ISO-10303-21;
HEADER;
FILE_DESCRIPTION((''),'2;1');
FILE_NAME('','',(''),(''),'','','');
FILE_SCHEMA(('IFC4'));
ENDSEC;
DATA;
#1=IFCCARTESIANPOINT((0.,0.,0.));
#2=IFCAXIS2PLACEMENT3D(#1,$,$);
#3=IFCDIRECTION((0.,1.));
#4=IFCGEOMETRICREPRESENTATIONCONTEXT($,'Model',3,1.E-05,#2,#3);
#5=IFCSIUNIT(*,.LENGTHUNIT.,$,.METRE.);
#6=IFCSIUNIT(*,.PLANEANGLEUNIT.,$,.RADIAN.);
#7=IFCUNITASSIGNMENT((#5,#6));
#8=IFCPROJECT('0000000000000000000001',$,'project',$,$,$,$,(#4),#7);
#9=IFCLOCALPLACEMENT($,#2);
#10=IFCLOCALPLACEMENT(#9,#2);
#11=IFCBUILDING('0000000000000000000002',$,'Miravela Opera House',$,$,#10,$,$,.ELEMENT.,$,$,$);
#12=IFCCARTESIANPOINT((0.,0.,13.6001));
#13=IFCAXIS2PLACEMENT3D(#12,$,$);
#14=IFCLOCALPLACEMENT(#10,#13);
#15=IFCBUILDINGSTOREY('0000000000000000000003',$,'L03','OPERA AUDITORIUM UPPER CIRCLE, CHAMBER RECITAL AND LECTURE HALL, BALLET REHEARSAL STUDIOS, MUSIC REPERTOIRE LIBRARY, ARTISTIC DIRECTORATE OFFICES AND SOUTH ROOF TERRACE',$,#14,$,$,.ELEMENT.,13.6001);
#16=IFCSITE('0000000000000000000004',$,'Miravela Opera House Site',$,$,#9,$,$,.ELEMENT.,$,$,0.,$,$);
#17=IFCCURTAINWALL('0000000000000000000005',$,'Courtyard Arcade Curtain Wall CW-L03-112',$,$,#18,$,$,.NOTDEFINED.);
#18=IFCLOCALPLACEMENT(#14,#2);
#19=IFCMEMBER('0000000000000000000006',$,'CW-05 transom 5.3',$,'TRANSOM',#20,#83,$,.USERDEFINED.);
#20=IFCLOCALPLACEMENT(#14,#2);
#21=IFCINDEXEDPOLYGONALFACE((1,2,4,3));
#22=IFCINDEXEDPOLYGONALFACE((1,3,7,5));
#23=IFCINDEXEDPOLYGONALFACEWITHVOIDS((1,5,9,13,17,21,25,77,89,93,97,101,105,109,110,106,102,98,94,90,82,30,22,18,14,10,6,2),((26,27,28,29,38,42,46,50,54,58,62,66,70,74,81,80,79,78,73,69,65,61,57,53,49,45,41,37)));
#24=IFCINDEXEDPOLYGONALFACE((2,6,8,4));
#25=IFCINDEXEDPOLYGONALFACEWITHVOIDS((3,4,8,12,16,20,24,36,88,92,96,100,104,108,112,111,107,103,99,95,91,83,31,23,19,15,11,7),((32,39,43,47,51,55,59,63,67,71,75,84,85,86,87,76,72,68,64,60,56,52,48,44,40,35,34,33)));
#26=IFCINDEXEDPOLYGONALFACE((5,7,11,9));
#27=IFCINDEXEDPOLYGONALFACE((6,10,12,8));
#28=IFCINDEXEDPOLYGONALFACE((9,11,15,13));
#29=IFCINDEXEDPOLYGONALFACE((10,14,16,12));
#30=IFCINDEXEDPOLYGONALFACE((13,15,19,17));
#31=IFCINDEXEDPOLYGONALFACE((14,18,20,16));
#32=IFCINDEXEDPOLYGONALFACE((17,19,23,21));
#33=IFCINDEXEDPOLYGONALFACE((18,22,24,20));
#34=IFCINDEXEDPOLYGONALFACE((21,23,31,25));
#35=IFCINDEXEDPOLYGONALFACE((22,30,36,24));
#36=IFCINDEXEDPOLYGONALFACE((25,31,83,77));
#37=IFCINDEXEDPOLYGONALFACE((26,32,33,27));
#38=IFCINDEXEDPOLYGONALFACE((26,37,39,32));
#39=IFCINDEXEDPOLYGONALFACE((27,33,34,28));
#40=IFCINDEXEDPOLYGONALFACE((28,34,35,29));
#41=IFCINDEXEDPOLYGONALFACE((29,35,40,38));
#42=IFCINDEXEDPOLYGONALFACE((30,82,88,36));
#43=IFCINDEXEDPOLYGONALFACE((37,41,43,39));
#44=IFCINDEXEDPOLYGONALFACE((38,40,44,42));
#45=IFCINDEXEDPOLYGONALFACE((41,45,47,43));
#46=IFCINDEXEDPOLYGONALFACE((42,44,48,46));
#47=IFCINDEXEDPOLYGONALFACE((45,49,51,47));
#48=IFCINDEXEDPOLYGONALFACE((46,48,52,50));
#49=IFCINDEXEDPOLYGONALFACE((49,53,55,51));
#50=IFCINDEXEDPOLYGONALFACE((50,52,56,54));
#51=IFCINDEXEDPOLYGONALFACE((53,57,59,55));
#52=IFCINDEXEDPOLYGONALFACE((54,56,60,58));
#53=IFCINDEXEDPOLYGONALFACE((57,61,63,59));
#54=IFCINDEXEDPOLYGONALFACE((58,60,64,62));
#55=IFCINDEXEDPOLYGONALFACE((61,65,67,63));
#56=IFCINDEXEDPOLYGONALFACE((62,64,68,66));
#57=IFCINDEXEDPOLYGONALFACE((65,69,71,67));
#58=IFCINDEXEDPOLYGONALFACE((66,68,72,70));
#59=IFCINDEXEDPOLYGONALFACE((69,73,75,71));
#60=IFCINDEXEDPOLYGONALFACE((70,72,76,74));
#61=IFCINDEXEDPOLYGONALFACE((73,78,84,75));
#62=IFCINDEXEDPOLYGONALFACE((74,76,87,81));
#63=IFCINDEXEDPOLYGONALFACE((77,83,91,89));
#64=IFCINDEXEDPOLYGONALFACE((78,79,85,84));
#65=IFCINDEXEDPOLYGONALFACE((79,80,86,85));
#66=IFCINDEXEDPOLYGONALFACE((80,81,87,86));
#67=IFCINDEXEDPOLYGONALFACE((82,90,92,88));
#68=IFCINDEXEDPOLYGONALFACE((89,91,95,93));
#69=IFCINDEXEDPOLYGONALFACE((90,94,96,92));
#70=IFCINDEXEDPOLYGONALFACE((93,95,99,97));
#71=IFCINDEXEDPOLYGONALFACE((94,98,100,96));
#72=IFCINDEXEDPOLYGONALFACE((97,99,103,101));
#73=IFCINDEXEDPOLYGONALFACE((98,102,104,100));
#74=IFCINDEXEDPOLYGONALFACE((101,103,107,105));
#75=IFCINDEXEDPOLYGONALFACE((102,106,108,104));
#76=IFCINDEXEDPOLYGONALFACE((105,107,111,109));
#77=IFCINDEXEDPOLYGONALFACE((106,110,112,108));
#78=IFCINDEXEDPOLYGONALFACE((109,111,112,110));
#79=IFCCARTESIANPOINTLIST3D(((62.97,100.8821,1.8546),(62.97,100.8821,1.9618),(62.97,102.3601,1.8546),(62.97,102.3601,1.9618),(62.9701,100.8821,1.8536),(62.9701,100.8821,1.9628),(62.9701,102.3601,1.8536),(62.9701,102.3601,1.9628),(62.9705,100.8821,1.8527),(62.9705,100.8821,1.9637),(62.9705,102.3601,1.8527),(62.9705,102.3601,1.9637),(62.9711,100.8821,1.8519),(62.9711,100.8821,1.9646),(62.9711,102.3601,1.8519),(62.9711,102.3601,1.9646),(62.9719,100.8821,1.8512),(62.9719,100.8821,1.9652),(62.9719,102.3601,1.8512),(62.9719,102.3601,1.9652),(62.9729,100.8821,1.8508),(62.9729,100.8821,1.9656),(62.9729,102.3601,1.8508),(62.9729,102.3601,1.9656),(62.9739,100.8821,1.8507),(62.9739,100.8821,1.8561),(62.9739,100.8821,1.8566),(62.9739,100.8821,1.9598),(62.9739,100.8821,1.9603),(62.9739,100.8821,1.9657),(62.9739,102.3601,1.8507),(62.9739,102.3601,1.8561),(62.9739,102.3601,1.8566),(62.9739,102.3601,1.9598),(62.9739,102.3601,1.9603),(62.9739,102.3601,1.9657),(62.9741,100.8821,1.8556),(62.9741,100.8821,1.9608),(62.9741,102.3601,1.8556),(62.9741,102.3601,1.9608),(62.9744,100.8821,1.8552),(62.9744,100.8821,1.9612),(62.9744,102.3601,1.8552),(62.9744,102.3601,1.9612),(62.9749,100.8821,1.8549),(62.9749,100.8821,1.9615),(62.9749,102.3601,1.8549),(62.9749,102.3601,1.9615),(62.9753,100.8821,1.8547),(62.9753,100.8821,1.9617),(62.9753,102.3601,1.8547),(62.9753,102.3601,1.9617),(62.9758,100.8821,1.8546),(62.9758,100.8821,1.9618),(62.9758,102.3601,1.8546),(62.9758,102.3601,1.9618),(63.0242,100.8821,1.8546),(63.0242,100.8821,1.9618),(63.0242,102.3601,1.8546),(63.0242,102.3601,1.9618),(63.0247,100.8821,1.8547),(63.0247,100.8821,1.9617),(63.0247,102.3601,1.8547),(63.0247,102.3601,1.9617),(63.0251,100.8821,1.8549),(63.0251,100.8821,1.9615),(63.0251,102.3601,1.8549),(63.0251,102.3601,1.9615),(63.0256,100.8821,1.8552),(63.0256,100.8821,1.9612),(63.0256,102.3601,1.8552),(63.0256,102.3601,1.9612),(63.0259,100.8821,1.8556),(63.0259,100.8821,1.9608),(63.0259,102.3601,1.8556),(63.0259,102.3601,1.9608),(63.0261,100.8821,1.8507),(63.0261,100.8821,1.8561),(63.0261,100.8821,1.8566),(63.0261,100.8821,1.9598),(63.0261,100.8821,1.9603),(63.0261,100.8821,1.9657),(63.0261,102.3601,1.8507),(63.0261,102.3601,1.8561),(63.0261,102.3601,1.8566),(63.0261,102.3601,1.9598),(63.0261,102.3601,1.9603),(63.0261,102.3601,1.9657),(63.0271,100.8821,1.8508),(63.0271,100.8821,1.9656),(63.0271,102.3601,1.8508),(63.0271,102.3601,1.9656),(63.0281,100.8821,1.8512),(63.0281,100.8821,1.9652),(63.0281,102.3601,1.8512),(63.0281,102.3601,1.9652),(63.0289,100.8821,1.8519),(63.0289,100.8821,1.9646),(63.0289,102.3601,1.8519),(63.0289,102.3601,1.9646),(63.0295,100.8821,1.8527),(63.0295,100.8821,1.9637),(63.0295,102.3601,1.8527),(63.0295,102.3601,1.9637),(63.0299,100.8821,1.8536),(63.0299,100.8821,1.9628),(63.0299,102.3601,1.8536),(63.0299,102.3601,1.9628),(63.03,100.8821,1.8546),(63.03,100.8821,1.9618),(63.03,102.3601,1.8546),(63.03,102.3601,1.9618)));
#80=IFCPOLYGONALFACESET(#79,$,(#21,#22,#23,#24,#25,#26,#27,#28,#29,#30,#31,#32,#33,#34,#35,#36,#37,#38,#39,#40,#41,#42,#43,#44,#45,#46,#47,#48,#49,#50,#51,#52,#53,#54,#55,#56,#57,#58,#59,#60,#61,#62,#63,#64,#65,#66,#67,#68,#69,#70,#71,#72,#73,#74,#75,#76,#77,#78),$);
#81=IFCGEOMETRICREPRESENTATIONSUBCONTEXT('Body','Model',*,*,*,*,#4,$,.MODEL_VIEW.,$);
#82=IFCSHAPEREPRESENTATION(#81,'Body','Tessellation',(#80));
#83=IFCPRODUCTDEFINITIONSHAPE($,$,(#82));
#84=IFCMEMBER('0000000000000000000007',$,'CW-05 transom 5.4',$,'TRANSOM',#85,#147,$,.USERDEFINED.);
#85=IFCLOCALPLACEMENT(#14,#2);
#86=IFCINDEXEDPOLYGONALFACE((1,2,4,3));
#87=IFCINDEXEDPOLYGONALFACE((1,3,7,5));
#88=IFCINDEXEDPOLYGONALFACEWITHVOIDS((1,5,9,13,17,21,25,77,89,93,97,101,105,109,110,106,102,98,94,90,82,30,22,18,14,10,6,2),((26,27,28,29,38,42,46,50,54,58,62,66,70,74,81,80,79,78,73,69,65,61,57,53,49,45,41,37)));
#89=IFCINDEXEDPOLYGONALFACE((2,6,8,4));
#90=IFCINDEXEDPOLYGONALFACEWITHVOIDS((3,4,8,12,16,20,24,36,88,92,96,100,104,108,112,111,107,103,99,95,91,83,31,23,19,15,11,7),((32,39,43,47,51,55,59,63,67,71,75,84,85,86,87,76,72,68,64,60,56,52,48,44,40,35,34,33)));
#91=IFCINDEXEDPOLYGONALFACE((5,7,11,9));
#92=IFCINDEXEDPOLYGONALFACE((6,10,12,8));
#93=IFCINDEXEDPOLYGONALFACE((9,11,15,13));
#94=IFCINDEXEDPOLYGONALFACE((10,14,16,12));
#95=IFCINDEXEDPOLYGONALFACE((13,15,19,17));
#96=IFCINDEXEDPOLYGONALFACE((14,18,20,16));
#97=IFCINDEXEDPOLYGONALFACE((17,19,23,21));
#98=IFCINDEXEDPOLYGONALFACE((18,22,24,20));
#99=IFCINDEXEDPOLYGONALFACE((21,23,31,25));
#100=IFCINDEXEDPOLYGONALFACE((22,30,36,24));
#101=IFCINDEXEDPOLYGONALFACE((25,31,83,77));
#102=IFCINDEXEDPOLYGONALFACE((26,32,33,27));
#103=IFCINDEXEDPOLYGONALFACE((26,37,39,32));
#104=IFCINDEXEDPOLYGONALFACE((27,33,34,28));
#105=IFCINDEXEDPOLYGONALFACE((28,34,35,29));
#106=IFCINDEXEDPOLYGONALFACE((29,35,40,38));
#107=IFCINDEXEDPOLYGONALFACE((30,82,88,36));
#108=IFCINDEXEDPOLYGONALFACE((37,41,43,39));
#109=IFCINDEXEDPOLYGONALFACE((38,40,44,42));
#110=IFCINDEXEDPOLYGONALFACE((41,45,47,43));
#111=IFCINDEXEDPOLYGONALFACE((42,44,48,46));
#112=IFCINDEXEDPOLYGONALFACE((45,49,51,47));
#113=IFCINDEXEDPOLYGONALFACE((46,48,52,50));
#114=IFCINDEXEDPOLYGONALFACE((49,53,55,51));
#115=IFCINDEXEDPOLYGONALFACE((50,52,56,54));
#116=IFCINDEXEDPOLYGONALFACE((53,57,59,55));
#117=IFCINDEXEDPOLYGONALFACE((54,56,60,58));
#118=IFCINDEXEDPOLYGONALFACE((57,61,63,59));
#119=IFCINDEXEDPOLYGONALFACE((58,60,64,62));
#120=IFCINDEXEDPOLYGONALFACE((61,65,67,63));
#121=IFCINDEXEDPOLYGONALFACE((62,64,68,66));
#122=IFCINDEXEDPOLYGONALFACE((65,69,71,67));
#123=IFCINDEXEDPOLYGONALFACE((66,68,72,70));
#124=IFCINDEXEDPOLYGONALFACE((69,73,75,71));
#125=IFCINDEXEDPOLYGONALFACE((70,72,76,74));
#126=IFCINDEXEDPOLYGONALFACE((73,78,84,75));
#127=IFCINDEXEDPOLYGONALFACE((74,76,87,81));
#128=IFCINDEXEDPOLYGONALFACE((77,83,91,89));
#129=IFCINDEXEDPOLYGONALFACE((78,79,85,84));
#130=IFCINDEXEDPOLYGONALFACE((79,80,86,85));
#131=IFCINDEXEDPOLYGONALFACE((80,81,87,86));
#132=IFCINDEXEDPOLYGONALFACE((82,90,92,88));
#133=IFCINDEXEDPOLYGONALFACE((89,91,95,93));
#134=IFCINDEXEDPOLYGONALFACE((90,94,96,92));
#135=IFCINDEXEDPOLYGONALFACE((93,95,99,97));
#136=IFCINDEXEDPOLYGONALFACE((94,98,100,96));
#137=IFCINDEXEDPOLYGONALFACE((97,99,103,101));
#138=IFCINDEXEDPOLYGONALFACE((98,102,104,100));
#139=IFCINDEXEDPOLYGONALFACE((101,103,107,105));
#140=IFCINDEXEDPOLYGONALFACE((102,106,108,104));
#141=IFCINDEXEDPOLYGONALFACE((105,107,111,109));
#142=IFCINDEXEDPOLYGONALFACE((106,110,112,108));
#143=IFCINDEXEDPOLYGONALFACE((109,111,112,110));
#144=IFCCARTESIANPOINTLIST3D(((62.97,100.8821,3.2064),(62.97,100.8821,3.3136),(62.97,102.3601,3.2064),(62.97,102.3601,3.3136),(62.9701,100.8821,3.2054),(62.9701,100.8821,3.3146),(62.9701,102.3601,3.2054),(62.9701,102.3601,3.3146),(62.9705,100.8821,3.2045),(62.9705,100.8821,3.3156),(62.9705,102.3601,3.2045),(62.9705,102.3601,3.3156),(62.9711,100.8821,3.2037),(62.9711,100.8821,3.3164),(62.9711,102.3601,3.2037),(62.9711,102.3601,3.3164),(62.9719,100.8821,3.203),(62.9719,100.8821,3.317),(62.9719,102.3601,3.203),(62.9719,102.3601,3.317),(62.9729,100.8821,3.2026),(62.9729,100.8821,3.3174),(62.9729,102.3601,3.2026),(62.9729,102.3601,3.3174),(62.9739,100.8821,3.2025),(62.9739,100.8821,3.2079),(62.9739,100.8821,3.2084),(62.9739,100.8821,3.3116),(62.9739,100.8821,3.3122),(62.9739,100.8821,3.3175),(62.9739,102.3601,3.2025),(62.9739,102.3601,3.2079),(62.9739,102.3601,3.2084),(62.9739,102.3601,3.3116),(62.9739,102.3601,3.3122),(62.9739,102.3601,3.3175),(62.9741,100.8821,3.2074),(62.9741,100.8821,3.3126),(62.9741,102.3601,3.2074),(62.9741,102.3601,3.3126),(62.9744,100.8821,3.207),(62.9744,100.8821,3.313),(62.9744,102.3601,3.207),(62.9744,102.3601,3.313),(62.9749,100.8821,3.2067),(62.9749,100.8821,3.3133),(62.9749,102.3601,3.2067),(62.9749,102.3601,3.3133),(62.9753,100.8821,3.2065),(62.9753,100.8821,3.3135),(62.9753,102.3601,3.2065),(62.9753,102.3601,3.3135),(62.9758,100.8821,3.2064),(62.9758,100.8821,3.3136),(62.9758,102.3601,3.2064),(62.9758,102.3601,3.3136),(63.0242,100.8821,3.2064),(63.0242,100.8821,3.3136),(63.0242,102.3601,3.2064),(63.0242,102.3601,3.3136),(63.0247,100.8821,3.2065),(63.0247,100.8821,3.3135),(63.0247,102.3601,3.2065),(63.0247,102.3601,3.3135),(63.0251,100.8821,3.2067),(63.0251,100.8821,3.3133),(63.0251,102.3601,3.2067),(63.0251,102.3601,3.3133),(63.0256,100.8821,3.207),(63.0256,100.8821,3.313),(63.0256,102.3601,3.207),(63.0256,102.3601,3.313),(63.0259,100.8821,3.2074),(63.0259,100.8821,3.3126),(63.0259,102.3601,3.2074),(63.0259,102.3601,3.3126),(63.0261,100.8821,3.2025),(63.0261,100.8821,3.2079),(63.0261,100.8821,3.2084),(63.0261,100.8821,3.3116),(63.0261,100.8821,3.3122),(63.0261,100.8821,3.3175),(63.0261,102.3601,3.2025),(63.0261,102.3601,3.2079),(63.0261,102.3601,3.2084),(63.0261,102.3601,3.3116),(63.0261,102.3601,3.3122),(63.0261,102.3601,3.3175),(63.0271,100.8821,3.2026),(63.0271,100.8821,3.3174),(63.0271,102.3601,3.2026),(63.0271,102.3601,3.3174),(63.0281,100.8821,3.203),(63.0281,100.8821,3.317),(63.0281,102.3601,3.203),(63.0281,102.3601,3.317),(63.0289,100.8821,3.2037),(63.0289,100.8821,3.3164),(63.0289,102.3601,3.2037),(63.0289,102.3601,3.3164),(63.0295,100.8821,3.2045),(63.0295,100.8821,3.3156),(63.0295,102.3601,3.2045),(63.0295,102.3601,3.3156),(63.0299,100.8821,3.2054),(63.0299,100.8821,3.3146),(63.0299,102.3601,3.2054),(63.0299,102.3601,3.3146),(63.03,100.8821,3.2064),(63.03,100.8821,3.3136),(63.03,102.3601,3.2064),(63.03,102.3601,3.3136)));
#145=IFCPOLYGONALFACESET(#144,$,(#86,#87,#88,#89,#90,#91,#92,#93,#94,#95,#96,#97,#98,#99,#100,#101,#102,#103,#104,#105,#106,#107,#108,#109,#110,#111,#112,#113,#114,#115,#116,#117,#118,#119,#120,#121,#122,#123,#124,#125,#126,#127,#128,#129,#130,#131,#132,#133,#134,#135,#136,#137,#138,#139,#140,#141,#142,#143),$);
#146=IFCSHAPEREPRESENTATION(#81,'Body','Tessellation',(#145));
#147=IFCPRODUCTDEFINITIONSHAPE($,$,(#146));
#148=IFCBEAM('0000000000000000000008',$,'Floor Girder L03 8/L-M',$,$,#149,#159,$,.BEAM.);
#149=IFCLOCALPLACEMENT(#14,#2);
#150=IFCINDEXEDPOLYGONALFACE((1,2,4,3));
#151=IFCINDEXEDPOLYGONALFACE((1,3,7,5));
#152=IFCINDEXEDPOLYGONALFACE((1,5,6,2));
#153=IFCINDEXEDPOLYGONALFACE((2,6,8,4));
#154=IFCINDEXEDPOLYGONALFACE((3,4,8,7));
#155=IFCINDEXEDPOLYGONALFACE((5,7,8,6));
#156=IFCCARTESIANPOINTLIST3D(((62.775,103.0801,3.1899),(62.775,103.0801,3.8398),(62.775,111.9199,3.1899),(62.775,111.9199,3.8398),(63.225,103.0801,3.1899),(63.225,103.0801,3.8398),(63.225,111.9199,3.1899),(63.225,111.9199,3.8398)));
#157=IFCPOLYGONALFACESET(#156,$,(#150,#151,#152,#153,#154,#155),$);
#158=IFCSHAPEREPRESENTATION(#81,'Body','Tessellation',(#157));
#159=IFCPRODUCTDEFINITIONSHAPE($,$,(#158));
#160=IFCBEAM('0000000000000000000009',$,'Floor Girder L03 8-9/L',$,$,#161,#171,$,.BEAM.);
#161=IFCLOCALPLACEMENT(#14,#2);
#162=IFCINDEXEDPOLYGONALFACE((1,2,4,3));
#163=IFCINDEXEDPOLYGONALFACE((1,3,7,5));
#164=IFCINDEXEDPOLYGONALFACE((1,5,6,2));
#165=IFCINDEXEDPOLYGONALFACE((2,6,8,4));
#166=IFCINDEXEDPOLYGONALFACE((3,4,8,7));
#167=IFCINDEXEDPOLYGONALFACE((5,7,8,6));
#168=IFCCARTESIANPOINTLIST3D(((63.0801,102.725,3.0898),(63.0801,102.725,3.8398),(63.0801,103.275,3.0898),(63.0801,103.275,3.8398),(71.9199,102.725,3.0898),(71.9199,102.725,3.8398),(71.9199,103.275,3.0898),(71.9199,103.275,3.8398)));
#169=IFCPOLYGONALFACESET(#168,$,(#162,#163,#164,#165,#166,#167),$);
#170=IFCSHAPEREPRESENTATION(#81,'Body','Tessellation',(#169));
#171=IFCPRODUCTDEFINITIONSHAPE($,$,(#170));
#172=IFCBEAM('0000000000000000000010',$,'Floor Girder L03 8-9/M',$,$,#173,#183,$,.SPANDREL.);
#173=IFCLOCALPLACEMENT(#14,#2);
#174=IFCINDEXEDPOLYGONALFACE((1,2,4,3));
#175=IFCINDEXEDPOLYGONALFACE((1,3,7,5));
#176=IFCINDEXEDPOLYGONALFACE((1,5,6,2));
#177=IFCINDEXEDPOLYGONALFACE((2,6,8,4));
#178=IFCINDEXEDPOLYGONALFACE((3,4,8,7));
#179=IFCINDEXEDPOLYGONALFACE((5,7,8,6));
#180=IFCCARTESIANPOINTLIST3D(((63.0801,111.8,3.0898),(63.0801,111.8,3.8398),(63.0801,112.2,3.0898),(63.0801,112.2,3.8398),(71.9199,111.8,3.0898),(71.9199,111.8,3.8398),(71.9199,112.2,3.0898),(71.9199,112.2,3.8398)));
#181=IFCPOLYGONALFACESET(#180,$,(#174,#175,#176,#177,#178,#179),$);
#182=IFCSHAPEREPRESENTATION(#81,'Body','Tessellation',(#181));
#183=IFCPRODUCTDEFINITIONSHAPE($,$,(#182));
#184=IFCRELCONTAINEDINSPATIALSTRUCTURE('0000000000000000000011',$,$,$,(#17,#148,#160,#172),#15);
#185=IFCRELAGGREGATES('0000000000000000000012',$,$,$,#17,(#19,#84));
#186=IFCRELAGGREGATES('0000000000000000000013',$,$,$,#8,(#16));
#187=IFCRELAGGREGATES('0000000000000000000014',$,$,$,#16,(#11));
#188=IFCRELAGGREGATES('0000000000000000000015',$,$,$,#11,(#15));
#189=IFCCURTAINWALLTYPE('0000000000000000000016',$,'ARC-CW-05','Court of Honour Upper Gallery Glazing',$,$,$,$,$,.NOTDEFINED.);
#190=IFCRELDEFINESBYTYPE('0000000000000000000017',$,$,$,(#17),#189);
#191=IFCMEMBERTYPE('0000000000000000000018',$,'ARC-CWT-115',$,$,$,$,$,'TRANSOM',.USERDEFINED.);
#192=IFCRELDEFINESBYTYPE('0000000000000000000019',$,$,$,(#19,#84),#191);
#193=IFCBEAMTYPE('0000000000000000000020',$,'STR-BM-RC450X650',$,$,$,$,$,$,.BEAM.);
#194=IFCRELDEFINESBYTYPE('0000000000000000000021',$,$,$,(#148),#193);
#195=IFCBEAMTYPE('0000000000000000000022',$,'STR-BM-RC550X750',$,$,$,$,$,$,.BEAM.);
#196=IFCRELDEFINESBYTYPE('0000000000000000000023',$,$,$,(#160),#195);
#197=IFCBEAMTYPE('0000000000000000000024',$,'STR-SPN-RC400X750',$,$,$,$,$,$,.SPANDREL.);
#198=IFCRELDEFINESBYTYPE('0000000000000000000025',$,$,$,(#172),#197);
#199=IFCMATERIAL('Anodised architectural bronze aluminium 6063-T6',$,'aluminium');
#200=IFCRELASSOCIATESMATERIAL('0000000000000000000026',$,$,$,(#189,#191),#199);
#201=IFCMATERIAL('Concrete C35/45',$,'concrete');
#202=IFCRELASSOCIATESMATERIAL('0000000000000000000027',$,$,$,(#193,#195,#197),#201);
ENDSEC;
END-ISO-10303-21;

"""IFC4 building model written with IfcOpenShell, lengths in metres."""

from ifc_helpers import new_model, si_unit, direction, frame, origin, origin_2d, place, context, subcontext, project, spatial, rectangle, hollow_rectangle, extrude, material, material_profile, profile_set, type_object, element, aggregate, save


model = new_model("IFC4")

# Units and contexts
model_context = context("Model", 3, precision=1e-05, world=origin(), true_north=direction((0.0, 1.0)))
body_context = subcontext(model_context, "Body", "Model", "MODEL_VIEW")
ifc_project = project(units=[si_unit("LENGTHUNIT", "METRE"), si_unit("PLANEANGLEUNIT", "RADIAN")], contexts=[model_context])

# Site, building, storey
site_placement = place(None, origin())
site = spatial("IfcSite", under=ifc_project, at=site_placement, Name="Miravela Opera House Site", CompositionType="ELEMENT", RefElevation=0.0)
building_placement = place(site_placement, origin())
building = spatial("IfcBuilding", under=site, at=building_placement, Name="Miravela Opera House", CompositionType="ELEMENT")
storey_placement = place(building_placement, frame((0.0, 0.0, 13.6001)))
storey = spatial("IfcBuildingStorey", under=building, at=storey_placement, Name="L03", Description="OPERA AUDITORIUM UPPER CIRCLE, CHAMBER RECITAL AND LECTURE HALL, BALLET REHEARSAL STUDIOS, MUSIC REPERTOIRE LIBRARY, ARTISTIC DIRECTORATE OFFICES AND SOUTH ROOF TERRACE", CompositionType="ELEMENT", Elevation=13.6001)

# Shared definitions
ifc_material_1 = material(Name="Concrete C35/45", Category="concrete")

# Curtain wall, members
ifc_material_2 = material(Name="Anodised architectural bronze aluminium 6063-T6", Category="aluminium")
curtain_wall_type = type_object("IfcCurtainWallType", Name="ARC-CW-05", Description="Court of Honour Upper Gallery Glazing", PredefinedType="NOTDEFINED", material=ifc_material_2)
curtain_wall_placement = place(storey_placement, origin())
curtain_wall = element("IfcCurtainWall", 1, at=curtain_wall_placement, inside=storey, type_object=curtain_wall_type, Name="Courtyard Arcade Curtain Wall CW-L03-112", PredefinedType="NOTDEFINED")
ifc_material_profile_1 = material_profile(ifc_material_2, hollow_rectangle(XDim=0.0601, YDim=0.115, WallThickness=0.0039, InnerFilletRadius=0.002, OuterFilletRadius=0.0039, at=origin_2d()), Name="CWT-60X115")
ifc_profile_set_1 = profile_set([ifc_material_profile_1])
member_type_1 = type_object("IfcMemberType", Name="ARC-CWT-115", ElementType="TRANSOM", PredefinedType="USERDEFINED", material=ifc_profile_set_1)
member_1_placement = place(storey_placement, frame((63.0, 100.8821, 1.9082), z_axis=(0.0, 1.0, 0.0), x_axis=(-1.0, 0.0, 0.0)))
member_1 = element("IfcMember", 2, at=member_1_placement, type_object=member_type_1, Name="CW-05 transom 5.3", ObjectType="TRANSOM", PredefinedType="USERDEFINED", context=body_context, shape_type="SweptSolid", body=[
    extrude(hollow_rectangle(XDim=0.0601, YDim=0.115, WallThickness=0.0039, InnerFilletRadius=0.002, OuterFilletRadius=0.0039, at=origin_2d()), origin(), (0.0, 0.0, 1.0), 1.478),
])
member_2_placement = place(storey_placement, frame((63.0, 100.8821, 3.26), z_axis=(0.0, 1.0, 0.0), x_axis=(-1.0, 0.0, 0.0)))
member_2 = element("IfcMember", 3, at=member_2_placement, type_object=member_type_1, Name="CW-05 transom 5.4", ObjectType="TRANSOM", PredefinedType="USERDEFINED", context=body_context, shape_type="SweptSolid", body=[
    extrude(hollow_rectangle(XDim=0.0601, YDim=0.115, WallThickness=0.0039, InnerFilletRadius=0.002, OuterFilletRadius=0.0039, at=origin_2d()), origin(), (0.0, 0.0, 1.0), 1.478),
])

# Beams
ifc_material_profile_2 = material_profile(ifc_material_1, rectangle(XDim=0.45, YDim=0.6499, at=origin_2d()), Name="RC-BM-450X650")
ifc_profile_set_2 = profile_set([ifc_material_profile_2])
beam_type_1 = type_object("IfcBeamType", Name="STR-BM-RC450X650", PredefinedType="BEAM", material=ifc_profile_set_2)
beam_1_placement = place(storey_placement, frame((63.0, 103.0801, 3.5149), z_axis=(0.0, 1.0, 0.0), x_axis=(-1.0, 0.0, 0.0)))
element("IfcBeam", 4, at=beam_1_placement, inside=storey, type_object=beam_type_1, Name="Floor Girder L03 8/L-M", PredefinedType="BEAM", context=body_context, shape_type="SweptSolid", body=[
    extrude(rectangle(XDim=0.45, YDim=0.6499, at=origin_2d()), origin(), (0.0, 0.0, 1.0), 8.8398),
])
ifc_material_profile_3 = material_profile(ifc_material_1, rectangle(XDim=0.55, YDim=0.75, at=origin_2d()), Name="RC-BM-550X750")
ifc_profile_set_3 = profile_set([ifc_material_profile_3])
beam_type_2 = type_object("IfcBeamType", Name="STR-BM-RC550X750", PredefinedType="BEAM", material=ifc_profile_set_3)
beam_2_placement = place(storey_placement, frame((63.0801, 103.0, 3.4648), z_axis=(1.0, 0.0, 0.0), x_axis=(0.0, 1.0, 0.0)))
element("IfcBeam", 5, at=beam_2_placement, inside=storey, type_object=beam_type_2, Name="Floor Girder L03 8-9/L", PredefinedType="BEAM", context=body_context, shape_type="SweptSolid", body=[
    extrude(rectangle(XDim=0.55, YDim=0.75, at=origin_2d()), origin(), (0.0, 0.0, 1.0), 8.8398),
])
ifc_material_profile_4 = material_profile(ifc_material_1, rectangle(XDim=0.3999, YDim=0.75, at=origin_2d()), Name="RC-SPN-400X750")
ifc_profile_set_4 = profile_set([ifc_material_profile_4])
beam_type_3 = type_object("IfcBeamType", Name="STR-SPN-RC400X750", PredefinedType="SPANDREL", material=ifc_profile_set_4)
beam_3_placement = place(storey_placement, frame((63.0801, 112.0, 3.4648), z_axis=(1.0, 0.0, 0.0), x_axis=(0.0, 1.0, 0.0)))
element("IfcBeam", 6, at=beam_3_placement, inside=storey, type_object=beam_type_3, Name="Floor Girder L03 8-9/M", PredefinedType="SPANDREL", context=body_context, shape_type="SweptSolid", body=[
    extrude(rectangle(XDim=0.3999, YDim=0.75, at=origin_2d()), origin(), (0.0, 0.0, 1.0), 8.8398),
])

aggregate(curtain_wall, [member_1, member_2])

save(model, "model.ifc")
